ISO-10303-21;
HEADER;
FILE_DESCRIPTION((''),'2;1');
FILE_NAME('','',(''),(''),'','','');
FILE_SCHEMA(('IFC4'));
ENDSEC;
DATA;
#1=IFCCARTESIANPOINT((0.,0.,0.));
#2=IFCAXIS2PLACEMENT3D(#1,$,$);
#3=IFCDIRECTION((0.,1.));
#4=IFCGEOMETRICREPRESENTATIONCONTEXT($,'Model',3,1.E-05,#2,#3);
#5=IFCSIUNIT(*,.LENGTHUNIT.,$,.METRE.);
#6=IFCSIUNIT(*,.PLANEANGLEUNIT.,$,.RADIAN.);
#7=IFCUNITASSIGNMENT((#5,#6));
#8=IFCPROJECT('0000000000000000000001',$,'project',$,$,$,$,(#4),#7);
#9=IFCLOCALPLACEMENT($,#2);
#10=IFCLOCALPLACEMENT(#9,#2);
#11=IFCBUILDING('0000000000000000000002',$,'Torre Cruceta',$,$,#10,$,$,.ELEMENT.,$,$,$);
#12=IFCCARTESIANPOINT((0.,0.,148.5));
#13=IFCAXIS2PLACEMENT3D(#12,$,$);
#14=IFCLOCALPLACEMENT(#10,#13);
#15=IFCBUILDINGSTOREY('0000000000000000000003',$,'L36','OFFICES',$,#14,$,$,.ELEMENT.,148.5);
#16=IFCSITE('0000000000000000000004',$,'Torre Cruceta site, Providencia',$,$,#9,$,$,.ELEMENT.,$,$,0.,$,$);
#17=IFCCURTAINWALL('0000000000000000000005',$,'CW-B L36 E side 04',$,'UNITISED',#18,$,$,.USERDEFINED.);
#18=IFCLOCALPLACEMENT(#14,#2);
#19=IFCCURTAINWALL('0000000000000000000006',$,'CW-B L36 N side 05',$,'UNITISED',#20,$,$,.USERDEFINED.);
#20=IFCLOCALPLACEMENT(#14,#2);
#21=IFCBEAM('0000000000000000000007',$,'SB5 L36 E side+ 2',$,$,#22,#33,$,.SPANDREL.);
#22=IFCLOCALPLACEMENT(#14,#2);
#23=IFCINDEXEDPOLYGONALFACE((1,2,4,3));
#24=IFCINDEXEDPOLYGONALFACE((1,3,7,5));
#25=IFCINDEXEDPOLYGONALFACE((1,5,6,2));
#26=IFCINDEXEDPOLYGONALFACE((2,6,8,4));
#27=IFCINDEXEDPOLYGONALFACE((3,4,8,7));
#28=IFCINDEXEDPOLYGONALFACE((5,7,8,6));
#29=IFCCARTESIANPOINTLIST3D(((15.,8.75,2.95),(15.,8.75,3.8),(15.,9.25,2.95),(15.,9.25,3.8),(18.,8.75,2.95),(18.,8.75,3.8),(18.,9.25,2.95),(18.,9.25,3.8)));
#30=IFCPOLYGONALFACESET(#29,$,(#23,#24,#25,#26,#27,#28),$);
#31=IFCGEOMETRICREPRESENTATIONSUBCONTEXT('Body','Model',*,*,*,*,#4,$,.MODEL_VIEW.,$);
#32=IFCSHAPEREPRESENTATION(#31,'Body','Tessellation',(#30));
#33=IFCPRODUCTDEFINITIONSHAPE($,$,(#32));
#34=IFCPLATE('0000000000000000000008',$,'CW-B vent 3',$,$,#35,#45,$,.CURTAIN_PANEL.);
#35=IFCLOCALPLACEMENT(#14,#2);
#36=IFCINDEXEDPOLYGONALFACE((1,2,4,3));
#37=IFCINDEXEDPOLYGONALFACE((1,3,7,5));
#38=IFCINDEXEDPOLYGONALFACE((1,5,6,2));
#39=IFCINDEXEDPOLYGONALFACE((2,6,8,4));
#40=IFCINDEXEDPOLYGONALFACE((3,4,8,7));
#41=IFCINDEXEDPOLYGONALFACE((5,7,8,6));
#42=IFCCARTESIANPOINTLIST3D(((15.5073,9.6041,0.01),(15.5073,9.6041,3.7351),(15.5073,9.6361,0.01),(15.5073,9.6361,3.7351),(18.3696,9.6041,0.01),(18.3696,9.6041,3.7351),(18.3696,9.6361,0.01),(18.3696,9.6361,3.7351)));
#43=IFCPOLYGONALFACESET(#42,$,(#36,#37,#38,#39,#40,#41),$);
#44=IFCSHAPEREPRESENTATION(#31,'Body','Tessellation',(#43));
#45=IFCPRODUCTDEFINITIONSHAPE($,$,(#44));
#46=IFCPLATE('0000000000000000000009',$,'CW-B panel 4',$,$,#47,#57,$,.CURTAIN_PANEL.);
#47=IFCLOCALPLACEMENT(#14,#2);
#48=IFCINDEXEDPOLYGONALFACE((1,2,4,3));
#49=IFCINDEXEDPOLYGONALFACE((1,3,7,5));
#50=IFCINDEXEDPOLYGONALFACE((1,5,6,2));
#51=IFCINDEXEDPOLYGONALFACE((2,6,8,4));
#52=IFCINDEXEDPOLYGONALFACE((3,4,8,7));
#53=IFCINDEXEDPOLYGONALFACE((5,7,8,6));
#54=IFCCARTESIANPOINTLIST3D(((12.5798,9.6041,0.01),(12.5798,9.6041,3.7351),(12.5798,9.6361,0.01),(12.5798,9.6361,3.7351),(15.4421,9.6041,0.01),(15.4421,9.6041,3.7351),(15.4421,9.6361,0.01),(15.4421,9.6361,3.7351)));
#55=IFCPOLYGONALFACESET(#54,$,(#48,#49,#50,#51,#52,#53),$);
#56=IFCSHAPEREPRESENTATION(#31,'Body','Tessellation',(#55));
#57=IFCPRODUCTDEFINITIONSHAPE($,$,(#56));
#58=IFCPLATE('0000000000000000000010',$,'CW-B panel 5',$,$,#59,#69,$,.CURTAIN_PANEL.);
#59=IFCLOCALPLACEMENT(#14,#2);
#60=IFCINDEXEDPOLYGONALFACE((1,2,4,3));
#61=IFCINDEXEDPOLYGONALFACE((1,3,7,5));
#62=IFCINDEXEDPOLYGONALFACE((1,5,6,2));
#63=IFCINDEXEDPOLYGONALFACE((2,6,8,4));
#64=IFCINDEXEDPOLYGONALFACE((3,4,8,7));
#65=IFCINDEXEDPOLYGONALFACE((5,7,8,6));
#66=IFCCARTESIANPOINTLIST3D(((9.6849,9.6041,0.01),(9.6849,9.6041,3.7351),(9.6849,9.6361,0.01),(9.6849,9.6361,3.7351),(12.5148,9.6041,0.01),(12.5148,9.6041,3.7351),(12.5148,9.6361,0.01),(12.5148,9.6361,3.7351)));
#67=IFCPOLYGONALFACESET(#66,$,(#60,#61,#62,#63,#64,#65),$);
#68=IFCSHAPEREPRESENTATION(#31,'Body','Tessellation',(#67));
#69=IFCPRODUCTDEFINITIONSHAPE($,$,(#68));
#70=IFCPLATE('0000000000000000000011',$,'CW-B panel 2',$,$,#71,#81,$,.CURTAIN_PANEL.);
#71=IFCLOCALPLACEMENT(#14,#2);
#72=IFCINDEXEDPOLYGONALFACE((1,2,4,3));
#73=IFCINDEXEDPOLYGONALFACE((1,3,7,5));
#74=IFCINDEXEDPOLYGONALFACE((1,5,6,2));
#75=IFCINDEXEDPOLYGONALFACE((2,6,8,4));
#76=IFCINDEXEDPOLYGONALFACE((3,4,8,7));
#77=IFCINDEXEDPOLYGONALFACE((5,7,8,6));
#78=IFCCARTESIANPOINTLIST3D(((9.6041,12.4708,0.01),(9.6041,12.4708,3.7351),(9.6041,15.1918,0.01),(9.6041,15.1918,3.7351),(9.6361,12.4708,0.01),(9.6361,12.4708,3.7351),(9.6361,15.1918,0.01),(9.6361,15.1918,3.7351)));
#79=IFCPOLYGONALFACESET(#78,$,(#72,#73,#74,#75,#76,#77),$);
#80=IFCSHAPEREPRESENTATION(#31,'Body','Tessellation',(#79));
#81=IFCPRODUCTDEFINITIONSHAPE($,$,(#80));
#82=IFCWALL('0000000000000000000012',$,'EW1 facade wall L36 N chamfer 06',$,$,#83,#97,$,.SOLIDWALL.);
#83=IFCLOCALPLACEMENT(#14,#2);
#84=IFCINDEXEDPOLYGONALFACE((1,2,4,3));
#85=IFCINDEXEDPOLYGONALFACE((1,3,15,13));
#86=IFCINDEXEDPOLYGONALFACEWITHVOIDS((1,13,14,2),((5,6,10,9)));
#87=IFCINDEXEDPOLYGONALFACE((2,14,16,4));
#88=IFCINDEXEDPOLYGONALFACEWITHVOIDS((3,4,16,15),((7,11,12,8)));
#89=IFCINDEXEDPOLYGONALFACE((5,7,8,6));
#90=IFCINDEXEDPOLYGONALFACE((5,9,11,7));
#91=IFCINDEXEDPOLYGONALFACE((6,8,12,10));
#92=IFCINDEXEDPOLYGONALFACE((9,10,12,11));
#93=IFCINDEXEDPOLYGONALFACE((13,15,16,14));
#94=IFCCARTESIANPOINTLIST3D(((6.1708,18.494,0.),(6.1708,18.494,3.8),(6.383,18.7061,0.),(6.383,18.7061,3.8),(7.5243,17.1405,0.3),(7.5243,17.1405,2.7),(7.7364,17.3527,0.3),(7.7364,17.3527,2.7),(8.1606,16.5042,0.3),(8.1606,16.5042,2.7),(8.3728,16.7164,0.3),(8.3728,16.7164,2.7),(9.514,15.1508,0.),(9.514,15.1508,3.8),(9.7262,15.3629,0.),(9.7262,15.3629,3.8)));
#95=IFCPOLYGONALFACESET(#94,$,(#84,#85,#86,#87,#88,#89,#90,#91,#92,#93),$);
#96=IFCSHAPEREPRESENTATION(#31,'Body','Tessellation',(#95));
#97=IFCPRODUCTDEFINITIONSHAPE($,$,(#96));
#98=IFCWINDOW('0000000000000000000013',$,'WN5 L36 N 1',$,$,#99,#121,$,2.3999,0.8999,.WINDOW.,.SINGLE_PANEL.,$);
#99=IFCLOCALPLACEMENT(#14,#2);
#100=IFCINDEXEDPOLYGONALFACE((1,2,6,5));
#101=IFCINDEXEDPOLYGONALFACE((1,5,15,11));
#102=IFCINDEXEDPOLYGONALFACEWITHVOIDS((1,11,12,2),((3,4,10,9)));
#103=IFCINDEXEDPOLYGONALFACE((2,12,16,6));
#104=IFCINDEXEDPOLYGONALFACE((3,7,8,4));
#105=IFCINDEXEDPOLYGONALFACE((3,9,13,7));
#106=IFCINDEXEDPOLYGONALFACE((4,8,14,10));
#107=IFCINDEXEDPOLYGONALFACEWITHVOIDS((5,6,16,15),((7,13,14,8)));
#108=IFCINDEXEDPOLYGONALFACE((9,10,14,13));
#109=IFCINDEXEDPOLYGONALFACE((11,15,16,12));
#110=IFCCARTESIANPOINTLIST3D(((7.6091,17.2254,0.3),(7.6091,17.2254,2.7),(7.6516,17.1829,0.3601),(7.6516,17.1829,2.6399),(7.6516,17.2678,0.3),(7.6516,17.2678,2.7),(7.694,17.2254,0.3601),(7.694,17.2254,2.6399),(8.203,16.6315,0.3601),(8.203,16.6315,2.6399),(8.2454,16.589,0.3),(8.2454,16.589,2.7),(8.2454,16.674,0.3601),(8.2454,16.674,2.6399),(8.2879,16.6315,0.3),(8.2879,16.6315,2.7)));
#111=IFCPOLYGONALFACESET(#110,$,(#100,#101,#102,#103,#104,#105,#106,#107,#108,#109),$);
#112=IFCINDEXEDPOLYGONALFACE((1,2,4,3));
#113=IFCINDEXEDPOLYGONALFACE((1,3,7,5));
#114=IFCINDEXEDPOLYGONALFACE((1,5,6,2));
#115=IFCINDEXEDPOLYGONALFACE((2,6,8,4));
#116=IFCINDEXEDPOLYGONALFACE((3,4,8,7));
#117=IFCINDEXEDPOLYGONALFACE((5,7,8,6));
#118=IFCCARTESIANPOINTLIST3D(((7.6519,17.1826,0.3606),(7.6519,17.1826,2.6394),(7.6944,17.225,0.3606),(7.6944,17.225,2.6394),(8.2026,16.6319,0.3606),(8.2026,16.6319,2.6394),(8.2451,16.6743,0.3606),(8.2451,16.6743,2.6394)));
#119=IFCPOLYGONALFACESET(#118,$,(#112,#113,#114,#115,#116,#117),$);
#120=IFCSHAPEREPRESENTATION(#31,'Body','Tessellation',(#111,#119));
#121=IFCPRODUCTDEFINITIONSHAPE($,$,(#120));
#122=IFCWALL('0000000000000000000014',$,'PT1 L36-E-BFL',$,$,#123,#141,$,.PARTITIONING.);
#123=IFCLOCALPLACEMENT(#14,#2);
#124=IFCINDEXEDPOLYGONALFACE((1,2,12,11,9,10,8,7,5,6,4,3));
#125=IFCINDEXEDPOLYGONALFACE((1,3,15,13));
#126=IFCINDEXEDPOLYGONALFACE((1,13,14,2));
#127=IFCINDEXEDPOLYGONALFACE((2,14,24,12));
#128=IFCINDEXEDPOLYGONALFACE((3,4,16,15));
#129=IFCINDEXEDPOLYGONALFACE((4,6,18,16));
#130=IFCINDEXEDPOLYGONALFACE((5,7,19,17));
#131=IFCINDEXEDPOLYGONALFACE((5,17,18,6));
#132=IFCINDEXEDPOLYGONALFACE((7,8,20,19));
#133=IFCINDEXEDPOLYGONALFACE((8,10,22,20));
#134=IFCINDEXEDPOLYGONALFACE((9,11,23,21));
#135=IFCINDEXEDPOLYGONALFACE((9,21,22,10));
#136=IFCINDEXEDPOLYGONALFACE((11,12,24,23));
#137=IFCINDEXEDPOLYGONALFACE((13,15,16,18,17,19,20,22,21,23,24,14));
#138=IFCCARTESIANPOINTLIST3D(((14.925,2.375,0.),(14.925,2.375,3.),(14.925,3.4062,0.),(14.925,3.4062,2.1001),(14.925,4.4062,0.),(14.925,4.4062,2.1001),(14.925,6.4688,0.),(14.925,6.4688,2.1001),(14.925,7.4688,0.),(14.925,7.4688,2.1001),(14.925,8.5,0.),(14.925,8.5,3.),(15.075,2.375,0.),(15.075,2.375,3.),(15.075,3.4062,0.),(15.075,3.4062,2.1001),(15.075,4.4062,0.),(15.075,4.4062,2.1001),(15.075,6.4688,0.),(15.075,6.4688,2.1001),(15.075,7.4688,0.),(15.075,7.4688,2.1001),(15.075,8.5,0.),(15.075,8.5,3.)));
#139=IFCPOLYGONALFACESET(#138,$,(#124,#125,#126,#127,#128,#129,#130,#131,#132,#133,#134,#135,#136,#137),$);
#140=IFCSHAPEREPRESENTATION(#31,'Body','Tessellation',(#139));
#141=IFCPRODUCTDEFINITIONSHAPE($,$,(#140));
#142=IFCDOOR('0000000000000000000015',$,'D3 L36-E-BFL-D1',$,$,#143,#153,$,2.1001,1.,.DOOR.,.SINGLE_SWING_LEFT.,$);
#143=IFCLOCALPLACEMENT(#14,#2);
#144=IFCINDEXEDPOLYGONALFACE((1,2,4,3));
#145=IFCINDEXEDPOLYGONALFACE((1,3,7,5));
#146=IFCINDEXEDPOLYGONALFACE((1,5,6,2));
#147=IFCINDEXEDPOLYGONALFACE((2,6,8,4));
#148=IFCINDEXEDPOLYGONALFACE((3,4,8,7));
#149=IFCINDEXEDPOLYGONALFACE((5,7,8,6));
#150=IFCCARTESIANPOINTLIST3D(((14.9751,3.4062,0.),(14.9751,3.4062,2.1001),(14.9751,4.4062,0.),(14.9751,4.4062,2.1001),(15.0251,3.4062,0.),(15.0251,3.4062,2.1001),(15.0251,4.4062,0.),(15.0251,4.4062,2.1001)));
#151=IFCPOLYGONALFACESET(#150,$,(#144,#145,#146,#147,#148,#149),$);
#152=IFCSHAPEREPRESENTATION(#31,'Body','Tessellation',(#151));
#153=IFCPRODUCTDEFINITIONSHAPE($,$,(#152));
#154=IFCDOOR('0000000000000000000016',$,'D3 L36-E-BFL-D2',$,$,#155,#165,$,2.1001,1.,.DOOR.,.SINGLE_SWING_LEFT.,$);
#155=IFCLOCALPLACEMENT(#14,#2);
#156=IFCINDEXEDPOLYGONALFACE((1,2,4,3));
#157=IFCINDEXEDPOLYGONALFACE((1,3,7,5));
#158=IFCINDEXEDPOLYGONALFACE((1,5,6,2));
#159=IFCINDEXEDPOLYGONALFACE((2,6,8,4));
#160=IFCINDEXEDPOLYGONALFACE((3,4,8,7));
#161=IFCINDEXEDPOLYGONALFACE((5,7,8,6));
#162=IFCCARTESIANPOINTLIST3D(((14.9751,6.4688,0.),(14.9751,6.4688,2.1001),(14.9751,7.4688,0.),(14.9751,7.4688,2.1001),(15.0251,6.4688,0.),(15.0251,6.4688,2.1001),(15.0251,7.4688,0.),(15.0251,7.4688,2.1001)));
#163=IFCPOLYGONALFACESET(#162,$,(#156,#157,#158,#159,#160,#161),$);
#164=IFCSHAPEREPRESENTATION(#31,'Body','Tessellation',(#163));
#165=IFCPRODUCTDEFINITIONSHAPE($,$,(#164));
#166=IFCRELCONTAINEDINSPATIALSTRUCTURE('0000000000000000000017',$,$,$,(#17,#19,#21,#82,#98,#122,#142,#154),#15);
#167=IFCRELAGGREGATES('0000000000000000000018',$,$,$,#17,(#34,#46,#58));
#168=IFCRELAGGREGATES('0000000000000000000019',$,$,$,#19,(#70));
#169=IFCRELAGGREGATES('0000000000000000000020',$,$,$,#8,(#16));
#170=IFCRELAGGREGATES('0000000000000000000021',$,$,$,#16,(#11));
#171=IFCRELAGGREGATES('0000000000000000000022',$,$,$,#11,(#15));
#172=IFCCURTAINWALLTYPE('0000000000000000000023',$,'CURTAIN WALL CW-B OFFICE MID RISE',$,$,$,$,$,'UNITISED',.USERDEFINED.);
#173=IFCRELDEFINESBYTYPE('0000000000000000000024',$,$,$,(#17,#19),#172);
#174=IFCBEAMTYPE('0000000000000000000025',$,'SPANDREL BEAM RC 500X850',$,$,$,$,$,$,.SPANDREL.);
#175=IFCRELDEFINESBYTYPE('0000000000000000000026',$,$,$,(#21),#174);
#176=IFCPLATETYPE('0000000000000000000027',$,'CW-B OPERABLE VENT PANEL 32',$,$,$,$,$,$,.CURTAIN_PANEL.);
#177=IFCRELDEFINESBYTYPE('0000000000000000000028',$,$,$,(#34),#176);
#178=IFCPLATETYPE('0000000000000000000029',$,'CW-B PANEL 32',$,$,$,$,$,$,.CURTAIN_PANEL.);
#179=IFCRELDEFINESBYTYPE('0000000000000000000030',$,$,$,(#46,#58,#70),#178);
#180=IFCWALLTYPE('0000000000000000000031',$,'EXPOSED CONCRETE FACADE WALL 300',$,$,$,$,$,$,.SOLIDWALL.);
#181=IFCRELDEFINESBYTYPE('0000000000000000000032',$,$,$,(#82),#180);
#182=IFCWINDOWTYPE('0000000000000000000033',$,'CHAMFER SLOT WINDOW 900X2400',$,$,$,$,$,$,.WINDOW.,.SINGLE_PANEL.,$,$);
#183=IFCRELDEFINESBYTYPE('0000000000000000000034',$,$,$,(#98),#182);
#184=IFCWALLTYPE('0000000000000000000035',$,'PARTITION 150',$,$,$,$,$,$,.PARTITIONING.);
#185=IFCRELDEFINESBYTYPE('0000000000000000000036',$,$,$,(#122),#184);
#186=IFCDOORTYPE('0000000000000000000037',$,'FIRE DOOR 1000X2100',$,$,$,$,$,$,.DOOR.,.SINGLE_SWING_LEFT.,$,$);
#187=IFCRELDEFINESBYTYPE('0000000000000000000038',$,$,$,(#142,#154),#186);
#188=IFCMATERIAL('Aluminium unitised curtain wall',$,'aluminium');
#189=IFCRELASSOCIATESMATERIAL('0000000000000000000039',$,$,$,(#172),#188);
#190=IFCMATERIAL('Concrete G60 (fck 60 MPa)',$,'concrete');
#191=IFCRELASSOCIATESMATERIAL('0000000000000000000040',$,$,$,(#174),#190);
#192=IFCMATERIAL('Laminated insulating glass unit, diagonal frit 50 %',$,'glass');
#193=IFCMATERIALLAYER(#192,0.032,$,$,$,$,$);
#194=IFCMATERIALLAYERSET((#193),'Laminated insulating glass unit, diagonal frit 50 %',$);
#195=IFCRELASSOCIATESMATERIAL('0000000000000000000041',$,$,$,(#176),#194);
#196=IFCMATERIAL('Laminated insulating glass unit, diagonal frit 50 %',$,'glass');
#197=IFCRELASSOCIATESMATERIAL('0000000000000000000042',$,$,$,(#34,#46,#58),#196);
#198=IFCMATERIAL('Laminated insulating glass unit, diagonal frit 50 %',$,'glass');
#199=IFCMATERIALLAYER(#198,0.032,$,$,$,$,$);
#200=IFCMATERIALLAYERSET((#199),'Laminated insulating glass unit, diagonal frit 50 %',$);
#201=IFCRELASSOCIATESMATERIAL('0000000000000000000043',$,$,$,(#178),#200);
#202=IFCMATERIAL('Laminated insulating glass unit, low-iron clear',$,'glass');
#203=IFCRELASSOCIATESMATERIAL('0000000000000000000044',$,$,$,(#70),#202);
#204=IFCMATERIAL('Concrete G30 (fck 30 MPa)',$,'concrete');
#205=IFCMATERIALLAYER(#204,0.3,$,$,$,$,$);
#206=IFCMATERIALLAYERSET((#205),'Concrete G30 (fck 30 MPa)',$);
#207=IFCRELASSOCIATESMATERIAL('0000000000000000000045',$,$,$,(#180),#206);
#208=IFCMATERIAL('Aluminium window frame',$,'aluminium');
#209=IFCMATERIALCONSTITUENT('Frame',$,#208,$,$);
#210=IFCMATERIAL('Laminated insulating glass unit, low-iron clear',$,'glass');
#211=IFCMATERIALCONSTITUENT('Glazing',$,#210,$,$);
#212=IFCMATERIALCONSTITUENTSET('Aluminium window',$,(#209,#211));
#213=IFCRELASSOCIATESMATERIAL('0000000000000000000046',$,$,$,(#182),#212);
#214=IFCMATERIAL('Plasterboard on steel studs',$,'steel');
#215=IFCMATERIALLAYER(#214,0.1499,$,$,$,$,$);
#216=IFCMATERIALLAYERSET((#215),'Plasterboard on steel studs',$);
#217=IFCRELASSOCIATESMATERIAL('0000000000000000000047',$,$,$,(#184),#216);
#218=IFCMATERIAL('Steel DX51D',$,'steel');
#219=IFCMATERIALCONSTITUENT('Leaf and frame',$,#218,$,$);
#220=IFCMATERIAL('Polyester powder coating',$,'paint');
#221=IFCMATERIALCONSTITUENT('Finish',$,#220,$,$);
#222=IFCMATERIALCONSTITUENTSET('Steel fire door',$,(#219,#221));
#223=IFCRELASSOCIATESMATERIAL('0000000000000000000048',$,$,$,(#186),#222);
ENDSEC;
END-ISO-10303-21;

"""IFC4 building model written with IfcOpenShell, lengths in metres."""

from ifc_helpers import new_model, si_unit, direction, frame, frame_2d, origin, origin_2d, place, context, subcontext, project, spatial, rectangle, hollow_rectangle, extrude, material, layer, layer_set, constituent, constituent_set, material_profile, profile_set, type_object, element, fill, aggregate, save


model = new_model("IFC4")

# Units and contexts
model_context = context("Model", 3, precision=1e-05, world=origin(), true_north=direction((0.0, 1.0)))
body_context = subcontext(model_context, "Body", "Model", "MODEL_VIEW")
ifc_project = project(units=[si_unit("LENGTHUNIT", "METRE"), si_unit("PLANEANGLEUNIT", "RADIAN")], contexts=[model_context])

# Site, building, storey
site_placement = place(None, origin())
site = spatial("IfcSite", under=ifc_project, at=site_placement, Name="Torre Cruceta site, Providencia", CompositionType="ELEMENT", RefElevation=0.0)
building_placement = place(site_placement, origin())
building = spatial("IfcBuilding", under=site, at=building_placement, Name="Torre Cruceta", CompositionType="ELEMENT")
storey_placement = place(building_placement, frame((0.0, 0.0, 148.5)))
storey = spatial("IfcBuildingStorey", under=building, at=storey_placement, Name="L36", Description="OFFICES", CompositionType="ELEMENT", Elevation=148.5)

# Curtain wall
ifc_material_1 = material(Name="Aluminium unitised curtain wall", Category="aluminium")
curtain_wall_type = type_object("IfcCurtainWallType", Name="CURTAIN WALL CW-B OFFICE MID RISE", ElementType="UNITISED", PredefinedType="USERDEFINED", material=ifc_material_1)
curtain_wall_1_placement = place(storey_placement, origin())
curtain_wall_1 = element("IfcCurtainWall", 1, at=curtain_wall_1_placement, inside=storey, type_object=curtain_wall_type, Name="CW-B L36 E side 04", ObjectType="UNITISED", PredefinedType="USERDEFINED")

# Curtain wall
curtain_wall_2_placement = place(storey_placement, origin())
curtain_wall_2 = element("IfcCurtainWall", 2, at=curtain_wall_2_placement, inside=storey, type_object=curtain_wall_type, Name="CW-B L36 N side 05", ObjectType="UNITISED", PredefinedType="USERDEFINED")

# Beam
ifc_material_2 = material(Name="Concrete G60 (fck 60 MPa)", Category="concrete")
ifc_material_profile_1 = material_profile(ifc_material_2, rectangle(XDim=0.5, YDim=0.8501, at=origin_2d()), Name="RC 500X850")
ifc_profile_set_1 = profile_set([ifc_material_profile_1], Name="Concrete G60 (fck 60 MPa)")
beam_type_1 = type_object("IfcBeamType", Name="SPANDREL BEAM RC 500X850", PredefinedType="SPANDREL", material=ifc_profile_set_1)
beam_1_placement = place(storey_placement, frame((15.0, 9.0, 3.375), z_axis=(1.0, 0.0, 0.0), x_axis=(0.0, 1.0, 0.0)))
element("IfcBeam", 3, at=beam_1_placement, inside=storey, type_object=beam_type_1, Name="SB5 L36 E side+ 2", PredefinedType="SPANDREL", context=body_context, shape_type="SweptSolid", body=[
    extrude(rectangle(XDim=0.5, YDim=0.8501, at=origin_2d()), origin(), (0.0, 0.0, 1.0), 3.0),
])

# Plates
ifc_material_3 = material(Name="Laminated insulating glass unit, diagonal frit 50 %", Category="glass")
ifc_material_4 = material(Name="Laminated insulating glass unit, diagonal frit 50 %", Category="glass")
ifc_layer_1 = layer(ifc_material_4, 0.032)
ifc_layer_set_1 = layer_set([ifc_layer_1], Name="Laminated insulating glass unit, diagonal frit 50 %")
plate_type_1 = type_object("IfcPlateType", Name="CW-B OPERABLE VENT PANEL 32", PredefinedType="CURTAIN_PANEL", material=ifc_layer_set_1)
plate_1_placement = place(storey_placement, frame((16.9385, 9.6201, 0.01), z_axis=(0.0, 0.0, 1.0), x_axis=(-1.0, 0.0, 0.0)))
plate_1 = element("IfcPlate", 4, at=plate_1_placement, type_object=plate_type_1, material=ifc_material_3, Name="CW-B vent 3", PredefinedType="CURTAIN_PANEL", context=body_context, shape_type="SweptSolid", body=[
    extrude(rectangle(XDim=2.8623, YDim=0.032, at=origin_2d()), origin(), (0.0, 0.0, 1.0), 3.7251),
])
ifc_material_5 = material(Name="Laminated insulating glass unit, diagonal frit 50 %", Category="glass")
ifc_layer_2 = layer(ifc_material_5, 0.032)
ifc_layer_set_2 = layer_set([ifc_layer_2], Name="Laminated insulating glass unit, diagonal frit 50 %")
plate_type_2 = type_object("IfcPlateType", Name="CW-B PANEL 32", PredefinedType="CURTAIN_PANEL", material=ifc_layer_set_2)
plate_2_placement = place(storey_placement, frame((14.011, 9.6201, 0.01), z_axis=(0.0, 0.0, 1.0), x_axis=(-1.0, 0.0, 0.0)))
plate_2 = element("IfcPlate", 5, at=plate_2_placement, type_object=plate_type_2, material=ifc_material_3, Name="CW-B panel 4", PredefinedType="CURTAIN_PANEL", context=body_context, shape_type="SweptSolid", body=[
    extrude(rectangle(XDim=2.8623, YDim=0.032, at=origin_2d()), origin(), (0.0, 0.0, 1.0), 3.7251),
])
plate_3_placement = place(storey_placement, frame((11.0999, 9.6201, 0.01), z_axis=(0.0, 0.0, 1.0), x_axis=(-1.0, 0.0, 0.0)))
plate_3 = element("IfcPlate", 6, at=plate_3_placement, type_object=plate_type_2, material=ifc_material_3, Name="CW-B panel 5", PredefinedType="CURTAIN_PANEL", context=body_context, shape_type="SweptSolid", body=[
    extrude(rectangle(XDim=2.8298, YDim=0.032, at=origin_2d()), origin(), (0.0, 0.0, 1.0), 3.7251),
])
aggregate(curtain_wall_1, [plate_1, plate_2, plate_3])
ifc_material_6 = material(Name="Laminated insulating glass unit, low-iron clear", Category="glass")
plate_4_placement = place(storey_placement, frame((9.6201, 13.8313, 0.01), z_axis=(0.0, 0.0, 1.0), x_axis=(0.0, 1.0, 0.0)))
plate_4 = element("IfcPlate", 7, at=plate_4_placement, type_object=plate_type_2, material=ifc_material_6, Name="CW-B panel 2", PredefinedType="CURTAIN_PANEL", context=body_context, shape_type="SweptSolid", body=[
    extrude(rectangle(XDim=2.7209, YDim=0.032, at=origin_2d()), origin(), (0.0, 0.0, 1.0), 3.7251),
])
aggregate(curtain_wall_2, [plate_4])

# Wall, opening, window
ifc_material_7 = material(Name="Concrete G30 (fck 30 MPa)", Category="concrete")
ifc_layer_3 = layer(ifc_material_7, 0.3)
ifc_layer_set_3 = layer_set([ifc_layer_3], Name="Concrete G30 (fck 30 MPa)")
wall_type_1 = type_object("IfcWallType", Name="EXPOSED CONCRETE FACADE WALL 300", PredefinedType="SOLIDWALL", material=ifc_layer_set_3)
wall_1_placement = place(storey_placement, frame((9.6201, 15.2568, 0.0), z_axis=(0.0, 0.0, 1.0), x_axis=(-0.707107, 0.707107, 0.0)))
wall_1 = element("IfcWall", 8, at=wall_1_placement, inside=storey, type_object=wall_type_1, Name="EW1 facade wall L36 N chamfer 06", PredefinedType="SOLIDWALL", context=body_context, shape_type="SweptSolid", body=[
    extrude(rectangle(XDim=4.728, YDim=0.3, at=frame_2d((2.364, 0.0))), origin(), (0.0, 0.0, 1.0), 3.8),
])
opening_1_placement = place(wall_1_placement, frame((1.9141, 0.0, 0.3)))
opening_1 = element("IfcOpeningElement", 9, at=opening_1_placement, cuts=wall_1, PredefinedType="OPENING", context=body_context, shape_type="SweptSolid", body=[
    extrude(rectangle(XDim=0.8999, YDim=2.3999, at=frame_2d((0.45, 1.2))), frame((0.0, 0.1599, 0.0), z_axis=(0.0, -1.0, 0.0), x_axis=(1.0, 0.0, 0.0)), (0.0, 0.0, 1.0), 0.3201),
])
ifc_material_8 = material(Name="Aluminium window frame", Category="aluminium")
ifc_constituent_1 = constituent(ifc_material_8, Name="Frame")
ifc_material_9 = material(Name="Laminated insulating glass unit, low-iron clear", Category="glass")
ifc_constituent_2 = constituent(ifc_material_9, Name="Glazing")
ifc_constituent_set_1 = constituent_set(constituents=[ifc_constituent_1, ifc_constituent_2], Name="Aluminium window")
window_type = type_object("IfcWindowType", Name="CHAMFER SLOT WINDOW 900X2400", PartitioningType="SINGLE_PANEL", PredefinedType="WINDOW", material=ifc_constituent_set_1)
window_placement = place(opening_1_placement, origin())
window = element("IfcWindow", 10, at=window_placement, inside=storey, type_object=window_type, Name="WN5 L36 N 1", OverallHeight=2.3999, OverallWidth=0.8999, PartitioningType="SINGLE_PANEL", PredefinedType="WINDOW", context=body_context, shape_type="SweptSolid", body=[
    extrude(hollow_rectangle(XDim=0.8999, YDim=2.3999, WallThickness=0.0601, at=frame_2d((0.45, 1.2))), frame((0.0, 0.03, 0.0), z_axis=(0.0, -1.0, 0.0), x_axis=(1.0, 0.0, 0.0)), (0.0, 0.0, 1.0), 0.0601),
    extrude(rectangle(XDim=0.7788, YDim=2.2788, at=frame_2d((0.45, 1.2))), frame((0.0, 0.03, 0.0), z_axis=(0.0, -1.0, 0.0), x_axis=(1.0, 0.0, 0.0)), (0.0, 0.0, 1.0), 0.0601),
])
fill(opening_1, window)

# Wall, openings, doors
ifc_material_10 = material(Name="Plasterboard on steel studs", Category="steel")
ifc_layer_4 = layer(ifc_material_10, 0.1499)
ifc_layer_set_4 = layer_set([ifc_layer_4], Name="Plasterboard on steel studs")
wall_type_2 = type_object("IfcWallType", Name="PARTITION 150", PredefinedType="PARTITIONING", material=ifc_layer_set_4)
wall_2_placement = place(storey_placement, frame((15.0, 2.375, 0.0), z_axis=(0.0, 0.0, 1.0), x_axis=(0.0, 1.0, 0.0)))
wall_2 = element("IfcWall", 11, at=wall_2_placement, inside=storey, type_object=wall_type_2, Name="PT1 L36-E-BFL", PredefinedType="PARTITIONING", context=body_context, shape_type="SweptSolid", body=[
    extrude(rectangle(XDim=6.125, YDim=0.1499, at=frame_2d((3.0625, 0.0))), origin(), (0.0, 0.0, 1.0), 3.0),
])
opening_2_placement = place(wall_2_placement, frame((1.0312, 0.0, 0.0)))
opening_2 = element("IfcOpeningElement", 12, at=opening_2_placement, cuts=wall_2, PredefinedType="OPENING", context=body_context, shape_type="SweptSolid", body=[
    extrude(rectangle(XDim=1.0, YDim=2.1001, at=frame_2d((0.5, 1.05))), frame((0.0, 0.085, 0.0), z_axis=(0.0, -1.0, 0.0), x_axis=(1.0, 0.0, 0.0)), (0.0, 0.0, 1.0), 0.1699),
])
opening_3_placement = place(wall_2_placement, frame((4.0938, 0.0, 0.0)))
opening_3 = element("IfcOpeningElement", 13, at=opening_3_placement, cuts=wall_2, PredefinedType="OPENING", context=body_context, shape_type="SweptSolid", body=[
    extrude(rectangle(XDim=1.0, YDim=2.1001, at=frame_2d((0.5, 1.05))), frame((0.0, 0.085, 0.0), z_axis=(0.0, -1.0, 0.0), x_axis=(1.0, 0.0, 0.0)), (0.0, 0.0, 1.0), 0.1699),
])
ifc_material_11 = material(Name="Steel DX51D", Category="steel")
ifc_constituent_3 = constituent(ifc_material_11, Name="Leaf and frame")
ifc_material_12 = material(Name="Polyester powder coating", Category="paint")
ifc_constituent_4 = constituent(ifc_material_12, Name="Finish")
ifc_constituent_set_2 = constituent_set(constituents=[ifc_constituent_3, ifc_constituent_4], Name="Steel fire door")
door_type = type_object("IfcDoorType", Name="FIRE DOOR 1000X2100", OperationType="SINGLE_SWING_LEFT", PredefinedType="DOOR", material=ifc_constituent_set_2)
door_1_placement = place(opening_2_placement, origin())
door_1 = element("IfcDoor", 14, at=door_1_placement, inside=storey, type_object=door_type, Name="D3 L36-E-BFL-D1", OperationType="SINGLE_SWING_LEFT", OverallHeight=2.1001, OverallWidth=1.0, PredefinedType="DOOR", context=body_context, shape_type="SweptSolid", body=[
    extrude(rectangle(XDim=1.0, YDim=2.1001, at=frame_2d((0.5, 1.05))), frame((0.0, 0.0249, 0.0), z_axis=(0.0, -1.0, 0.0), x_axis=(1.0, 0.0, 0.0)), (0.0, 0.0, 1.0), 0.05),
])
fill(opening_2, door_1)
door_2_placement = place(opening_3_placement, origin())
door_2 = element("IfcDoor", 15, at=door_2_placement, inside=storey, type_object=door_type, Name="D3 L36-E-BFL-D2", OperationType="SINGLE_SWING_LEFT", OverallHeight=2.1001, OverallWidth=1.0, PredefinedType="DOOR", context=body_context, shape_type="SweptSolid", body=[
    extrude(rectangle(XDim=1.0, YDim=2.1001, at=frame_2d((0.5, 1.05))), frame((0.0, 0.0249, 0.0), z_axis=(0.0, -1.0, 0.0), x_axis=(1.0, 0.0, 0.0)), (0.0, 0.0, 1.0), 0.05),
])
fill(opening_3, door_2)

save(model, "model.ifc")
